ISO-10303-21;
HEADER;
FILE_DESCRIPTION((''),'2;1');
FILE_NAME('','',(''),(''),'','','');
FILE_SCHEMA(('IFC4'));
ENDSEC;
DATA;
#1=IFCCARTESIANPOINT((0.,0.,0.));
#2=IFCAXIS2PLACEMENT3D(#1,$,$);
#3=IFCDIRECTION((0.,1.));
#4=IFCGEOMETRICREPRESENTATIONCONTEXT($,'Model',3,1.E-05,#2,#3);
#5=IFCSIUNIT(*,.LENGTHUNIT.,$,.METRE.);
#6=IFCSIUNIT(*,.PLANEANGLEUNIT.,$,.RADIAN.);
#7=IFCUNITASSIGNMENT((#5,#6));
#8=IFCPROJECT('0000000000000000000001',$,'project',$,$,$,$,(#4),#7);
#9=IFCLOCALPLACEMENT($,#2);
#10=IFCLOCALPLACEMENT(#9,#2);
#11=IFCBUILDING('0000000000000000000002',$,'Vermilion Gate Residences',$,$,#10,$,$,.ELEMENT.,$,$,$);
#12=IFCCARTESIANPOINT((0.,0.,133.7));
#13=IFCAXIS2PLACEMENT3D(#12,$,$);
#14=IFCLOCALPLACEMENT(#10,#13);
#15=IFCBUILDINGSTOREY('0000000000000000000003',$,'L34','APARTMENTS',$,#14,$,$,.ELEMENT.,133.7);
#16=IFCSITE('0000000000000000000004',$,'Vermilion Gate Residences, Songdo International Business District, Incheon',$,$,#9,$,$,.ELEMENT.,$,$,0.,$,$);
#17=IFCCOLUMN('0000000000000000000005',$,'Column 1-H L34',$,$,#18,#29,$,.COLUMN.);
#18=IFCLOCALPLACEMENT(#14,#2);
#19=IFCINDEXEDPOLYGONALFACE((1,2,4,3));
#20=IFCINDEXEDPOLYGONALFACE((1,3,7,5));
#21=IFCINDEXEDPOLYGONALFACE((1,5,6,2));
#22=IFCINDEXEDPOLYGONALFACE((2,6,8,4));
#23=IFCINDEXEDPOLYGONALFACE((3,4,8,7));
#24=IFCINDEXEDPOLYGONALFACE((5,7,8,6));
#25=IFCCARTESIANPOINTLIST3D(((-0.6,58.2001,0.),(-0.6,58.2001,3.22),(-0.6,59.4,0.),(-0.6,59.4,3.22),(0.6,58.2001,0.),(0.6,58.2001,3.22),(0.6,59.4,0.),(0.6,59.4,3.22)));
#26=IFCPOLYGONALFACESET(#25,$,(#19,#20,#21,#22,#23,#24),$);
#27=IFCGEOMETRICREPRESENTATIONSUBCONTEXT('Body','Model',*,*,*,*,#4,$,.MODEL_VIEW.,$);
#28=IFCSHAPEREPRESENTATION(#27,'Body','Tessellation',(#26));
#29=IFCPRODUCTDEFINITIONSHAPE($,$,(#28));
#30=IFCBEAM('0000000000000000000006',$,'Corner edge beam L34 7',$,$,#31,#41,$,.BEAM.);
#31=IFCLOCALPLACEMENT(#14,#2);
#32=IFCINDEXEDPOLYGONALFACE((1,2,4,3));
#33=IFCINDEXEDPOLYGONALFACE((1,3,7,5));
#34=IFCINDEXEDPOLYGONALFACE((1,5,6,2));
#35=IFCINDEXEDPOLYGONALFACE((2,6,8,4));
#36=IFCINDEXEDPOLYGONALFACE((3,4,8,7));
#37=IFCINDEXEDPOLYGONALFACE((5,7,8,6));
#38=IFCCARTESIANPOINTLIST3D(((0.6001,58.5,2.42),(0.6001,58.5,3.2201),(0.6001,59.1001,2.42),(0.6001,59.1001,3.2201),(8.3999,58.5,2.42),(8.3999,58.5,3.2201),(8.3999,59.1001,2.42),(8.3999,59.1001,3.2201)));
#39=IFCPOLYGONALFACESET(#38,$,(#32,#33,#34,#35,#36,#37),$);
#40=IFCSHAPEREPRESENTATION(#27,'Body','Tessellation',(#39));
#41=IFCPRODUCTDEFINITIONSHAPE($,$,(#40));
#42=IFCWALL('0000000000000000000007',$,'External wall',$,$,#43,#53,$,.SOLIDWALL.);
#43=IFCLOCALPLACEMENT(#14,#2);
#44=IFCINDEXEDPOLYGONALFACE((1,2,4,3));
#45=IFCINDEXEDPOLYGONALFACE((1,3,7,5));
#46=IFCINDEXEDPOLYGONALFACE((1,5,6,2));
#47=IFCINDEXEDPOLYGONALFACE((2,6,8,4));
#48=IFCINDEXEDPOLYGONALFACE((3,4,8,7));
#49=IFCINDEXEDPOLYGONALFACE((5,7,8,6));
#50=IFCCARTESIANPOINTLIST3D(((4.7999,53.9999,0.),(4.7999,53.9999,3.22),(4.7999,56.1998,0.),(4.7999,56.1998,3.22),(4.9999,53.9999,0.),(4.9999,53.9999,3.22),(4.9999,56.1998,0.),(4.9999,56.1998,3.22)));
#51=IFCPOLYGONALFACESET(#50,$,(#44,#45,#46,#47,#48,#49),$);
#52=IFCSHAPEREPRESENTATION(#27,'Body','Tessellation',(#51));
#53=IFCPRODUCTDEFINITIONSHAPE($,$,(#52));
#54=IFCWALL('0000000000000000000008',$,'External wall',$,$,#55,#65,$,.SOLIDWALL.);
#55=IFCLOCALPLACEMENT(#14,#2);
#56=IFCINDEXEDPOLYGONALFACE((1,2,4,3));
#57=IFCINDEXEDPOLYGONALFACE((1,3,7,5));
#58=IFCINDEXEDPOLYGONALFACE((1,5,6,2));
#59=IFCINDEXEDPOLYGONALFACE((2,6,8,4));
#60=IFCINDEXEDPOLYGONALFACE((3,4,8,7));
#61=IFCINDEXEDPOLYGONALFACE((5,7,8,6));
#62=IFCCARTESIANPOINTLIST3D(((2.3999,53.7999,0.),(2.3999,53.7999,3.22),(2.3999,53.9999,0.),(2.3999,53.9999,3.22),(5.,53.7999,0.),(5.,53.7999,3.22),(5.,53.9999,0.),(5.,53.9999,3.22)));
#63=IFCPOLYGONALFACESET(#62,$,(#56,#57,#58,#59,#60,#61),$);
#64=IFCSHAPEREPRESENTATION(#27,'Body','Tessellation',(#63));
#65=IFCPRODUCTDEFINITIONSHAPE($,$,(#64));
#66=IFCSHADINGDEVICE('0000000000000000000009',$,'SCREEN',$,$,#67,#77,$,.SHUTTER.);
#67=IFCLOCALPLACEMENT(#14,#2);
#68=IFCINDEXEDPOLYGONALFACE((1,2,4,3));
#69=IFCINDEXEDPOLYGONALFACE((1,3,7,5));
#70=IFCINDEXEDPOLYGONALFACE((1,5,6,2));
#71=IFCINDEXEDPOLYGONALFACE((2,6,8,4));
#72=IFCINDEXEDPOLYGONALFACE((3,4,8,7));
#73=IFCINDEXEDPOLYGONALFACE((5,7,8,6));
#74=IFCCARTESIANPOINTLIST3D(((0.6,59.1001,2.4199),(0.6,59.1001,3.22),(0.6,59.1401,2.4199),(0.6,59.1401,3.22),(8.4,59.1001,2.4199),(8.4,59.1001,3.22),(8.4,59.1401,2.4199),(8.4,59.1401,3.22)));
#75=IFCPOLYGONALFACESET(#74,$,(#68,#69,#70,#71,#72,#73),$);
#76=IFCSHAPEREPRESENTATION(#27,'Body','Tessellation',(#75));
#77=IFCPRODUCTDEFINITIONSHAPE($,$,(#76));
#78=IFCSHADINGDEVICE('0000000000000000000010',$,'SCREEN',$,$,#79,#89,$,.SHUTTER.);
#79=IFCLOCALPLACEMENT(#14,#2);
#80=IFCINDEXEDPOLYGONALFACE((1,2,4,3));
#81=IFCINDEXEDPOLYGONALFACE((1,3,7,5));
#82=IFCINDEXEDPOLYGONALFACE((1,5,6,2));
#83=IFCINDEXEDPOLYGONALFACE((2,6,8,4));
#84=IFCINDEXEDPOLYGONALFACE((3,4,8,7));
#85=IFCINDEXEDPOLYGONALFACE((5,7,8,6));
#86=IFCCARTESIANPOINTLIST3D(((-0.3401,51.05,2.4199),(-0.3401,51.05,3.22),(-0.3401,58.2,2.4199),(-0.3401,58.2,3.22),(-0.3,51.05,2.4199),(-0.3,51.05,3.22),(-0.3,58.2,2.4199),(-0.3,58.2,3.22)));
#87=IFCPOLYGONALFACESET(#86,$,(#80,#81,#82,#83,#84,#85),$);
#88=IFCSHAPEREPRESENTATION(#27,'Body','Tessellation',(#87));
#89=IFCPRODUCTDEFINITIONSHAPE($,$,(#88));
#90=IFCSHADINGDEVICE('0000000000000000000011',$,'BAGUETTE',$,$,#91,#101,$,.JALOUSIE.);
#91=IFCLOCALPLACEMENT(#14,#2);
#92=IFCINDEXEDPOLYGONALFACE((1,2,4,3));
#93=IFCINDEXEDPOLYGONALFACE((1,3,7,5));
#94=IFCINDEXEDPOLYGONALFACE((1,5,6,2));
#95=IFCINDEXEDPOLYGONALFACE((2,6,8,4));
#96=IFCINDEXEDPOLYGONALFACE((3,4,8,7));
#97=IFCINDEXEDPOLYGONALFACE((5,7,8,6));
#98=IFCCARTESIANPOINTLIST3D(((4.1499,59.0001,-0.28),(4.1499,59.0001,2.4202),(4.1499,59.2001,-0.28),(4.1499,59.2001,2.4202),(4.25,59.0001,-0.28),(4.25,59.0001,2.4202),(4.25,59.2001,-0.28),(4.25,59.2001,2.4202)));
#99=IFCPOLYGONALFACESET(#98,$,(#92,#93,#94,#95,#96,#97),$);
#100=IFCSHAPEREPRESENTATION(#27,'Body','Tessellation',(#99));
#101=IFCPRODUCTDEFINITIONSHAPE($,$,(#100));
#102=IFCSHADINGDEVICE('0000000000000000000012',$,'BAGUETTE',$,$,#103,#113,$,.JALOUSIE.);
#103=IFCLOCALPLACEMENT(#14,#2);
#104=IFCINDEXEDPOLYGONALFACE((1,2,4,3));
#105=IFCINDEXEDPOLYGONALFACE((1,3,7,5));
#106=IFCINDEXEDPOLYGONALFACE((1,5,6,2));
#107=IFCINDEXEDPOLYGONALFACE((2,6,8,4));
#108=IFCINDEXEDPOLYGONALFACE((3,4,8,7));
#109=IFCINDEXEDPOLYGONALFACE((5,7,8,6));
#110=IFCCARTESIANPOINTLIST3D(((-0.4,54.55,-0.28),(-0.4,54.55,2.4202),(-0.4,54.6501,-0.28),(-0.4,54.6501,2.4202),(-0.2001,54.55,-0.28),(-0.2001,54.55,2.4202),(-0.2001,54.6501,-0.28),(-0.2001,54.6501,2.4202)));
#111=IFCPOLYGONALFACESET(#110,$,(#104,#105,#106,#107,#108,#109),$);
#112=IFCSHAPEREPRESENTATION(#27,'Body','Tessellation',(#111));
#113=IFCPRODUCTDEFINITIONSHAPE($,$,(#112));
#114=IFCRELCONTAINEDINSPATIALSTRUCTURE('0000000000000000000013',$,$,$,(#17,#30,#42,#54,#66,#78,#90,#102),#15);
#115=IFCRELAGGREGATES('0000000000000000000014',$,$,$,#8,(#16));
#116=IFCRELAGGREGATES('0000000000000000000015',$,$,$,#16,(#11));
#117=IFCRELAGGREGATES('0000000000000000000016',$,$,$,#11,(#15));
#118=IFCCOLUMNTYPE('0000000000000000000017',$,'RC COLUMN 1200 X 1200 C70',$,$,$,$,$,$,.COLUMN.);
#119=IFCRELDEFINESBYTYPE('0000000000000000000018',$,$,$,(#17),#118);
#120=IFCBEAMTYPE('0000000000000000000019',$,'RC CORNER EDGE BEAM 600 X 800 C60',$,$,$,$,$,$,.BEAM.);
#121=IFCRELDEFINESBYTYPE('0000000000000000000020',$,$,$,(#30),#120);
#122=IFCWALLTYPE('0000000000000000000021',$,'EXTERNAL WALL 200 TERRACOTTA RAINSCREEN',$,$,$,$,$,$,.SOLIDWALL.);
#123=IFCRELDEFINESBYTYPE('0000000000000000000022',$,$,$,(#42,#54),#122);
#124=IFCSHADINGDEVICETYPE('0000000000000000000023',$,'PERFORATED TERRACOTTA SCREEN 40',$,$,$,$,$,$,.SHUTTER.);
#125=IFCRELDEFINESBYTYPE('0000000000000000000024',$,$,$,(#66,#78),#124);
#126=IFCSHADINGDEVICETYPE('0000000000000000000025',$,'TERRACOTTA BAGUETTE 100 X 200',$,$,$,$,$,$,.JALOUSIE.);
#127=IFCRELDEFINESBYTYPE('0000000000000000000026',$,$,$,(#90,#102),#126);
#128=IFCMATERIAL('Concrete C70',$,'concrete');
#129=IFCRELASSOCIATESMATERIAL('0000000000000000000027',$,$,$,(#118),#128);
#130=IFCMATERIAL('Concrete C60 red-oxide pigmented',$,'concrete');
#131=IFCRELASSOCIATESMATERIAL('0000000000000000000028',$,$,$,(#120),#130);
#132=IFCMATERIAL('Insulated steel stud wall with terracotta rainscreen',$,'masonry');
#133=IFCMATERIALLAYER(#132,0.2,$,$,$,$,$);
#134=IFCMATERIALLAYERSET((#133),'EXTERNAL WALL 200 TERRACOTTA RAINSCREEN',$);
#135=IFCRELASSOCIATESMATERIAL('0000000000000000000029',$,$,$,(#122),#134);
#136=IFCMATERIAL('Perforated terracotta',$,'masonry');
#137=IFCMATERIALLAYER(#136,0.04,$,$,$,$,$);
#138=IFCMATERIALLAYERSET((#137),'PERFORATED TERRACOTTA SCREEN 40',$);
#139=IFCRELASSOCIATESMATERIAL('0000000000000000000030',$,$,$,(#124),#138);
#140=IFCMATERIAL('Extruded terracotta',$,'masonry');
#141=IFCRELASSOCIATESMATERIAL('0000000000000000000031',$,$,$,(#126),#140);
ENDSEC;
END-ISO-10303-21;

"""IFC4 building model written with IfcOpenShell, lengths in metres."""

from ifc_helpers import new_model, si_unit, direction, frame, frame_2d, origin, origin_2d, place, context, subcontext, project, spatial, rectangle, extrude, material, layer, layer_set, material_profile, profile_set, type_object, element, save


model = new_model("IFC4")

# Units and contexts
model_context = context("Model", 3, precision=1e-05, world=origin(), true_north=direction((0.0, 1.0)))
body_context = subcontext(model_context, "Body", "Model", "MODEL_VIEW")
ifc_project = project(units=[si_unit("LENGTHUNIT", "METRE"), si_unit("PLANEANGLEUNIT", "RADIAN")], contexts=[model_context])

# Site, building, storey
site_placement = place(None, origin())
site = spatial("IfcSite", under=ifc_project, at=site_placement, Name="Vermilion Gate Residences, Songdo International Business District, Incheon", CompositionType="ELEMENT", RefElevation=0.0)
building_placement = place(site_placement, origin())
building = spatial("IfcBuilding", under=site, at=building_placement, Name="Vermilion Gate Residences", CompositionType="ELEMENT")
storey_placement = place(building_placement, frame((0.0, 0.0, 133.7)))
storey = spatial("IfcBuildingStorey", under=building, at=storey_placement, Name="L34", Description="APARTMENTS", CompositionType="ELEMENT", Elevation=133.7)

# Column
ifc_material_1 = material(Name="Concrete C70", Category="concrete")
ifc_material_profile_1 = material_profile(ifc_material_1, rectangle(XDim=1.2, YDim=1.2, at=origin_2d()), Name="RC-1200x1200")
ifc_profile_set_1 = profile_set([ifc_material_profile_1], Name="Concrete C70")
column_type = type_object("IfcColumnType", Name="RC COLUMN 1200 X 1200 C70", PredefinedType="COLUMN", material=ifc_profile_set_1)
column_placement = place(storey_placement, frame((0.0, 58.8, 0.0), z_axis=(0.0, 0.0, 1.0), x_axis=(1.0, 0.0, 0.0)))
element("IfcColumn", 1, at=column_placement, inside=storey, type_object=column_type, Name="Column 1-H L34", PredefinedType="COLUMN", context=body_context, shape_type="SweptSolid", body=[
    extrude(rectangle(XDim=1.2, YDim=1.2, at=origin_2d()), origin(), (0.0, 0.0, 1.0), 3.22),
])

# Beam
ifc_material_2 = material(Name="Concrete C60 red-oxide pigmented", Category="concrete")
ifc_material_profile_2 = material_profile(ifc_material_2, rectangle(XDim=0.6001, YDim=0.8, at=origin_2d()), Name="RC-600x800")
ifc_profile_set_2 = profile_set([ifc_material_profile_2], Name="Concrete C60 red-oxide pigmented")
beam_type = type_object("IfcBeamType", Name="RC CORNER EDGE BEAM 600 X 800 C60", PredefinedType="BEAM", material=ifc_profile_set_2)
beam_placement = place(storey_placement, frame((0.6001, 58.8, 2.8201), z_axis=(1.0, 0.0, 0.0), x_axis=(0.0, 1.0, 0.0)))
element("IfcBeam", 2, at=beam_placement, inside=storey, type_object=beam_type, Name="Corner edge beam L34 7", PredefinedType="BEAM", context=body_context, shape_type="SweptSolid", body=[
    extrude(rectangle(XDim=0.6001, YDim=0.8, at=origin_2d()), origin(), (0.0, 0.0, 1.0), 7.7998),
])

# Walls
ifc_material_3 = material(Name="Insulated steel stud wall with terracotta rainscreen", Category="masonry")
ifc_layer_1 = layer(ifc_material_3, 0.2)
ifc_layer_set_1 = layer_set([ifc_layer_1], Name="EXTERNAL WALL 200 TERRACOTTA RAINSCREEN")
wall_type = type_object("IfcWallType", Name="EXTERNAL WALL 200 TERRACOTTA RAINSCREEN", PredefinedType="SOLIDWALL", material=ifc_layer_set_1)
wall_1_placement = place(storey_placement, frame((4.8999, 56.2, 0.0), z_axis=(0.0, 0.0, 1.0), x_axis=(0.0, -1.0, 0.0)))
element("IfcWall", 3, at=wall_1_placement, inside=storey, type_object=wall_type, Name="External wall", PredefinedType="SOLIDWALL", context=body_context, shape_type="SweptSolid", body=[
    extrude(rectangle(XDim=2.2, YDim=0.2, at=frame_2d((1.1001, 0.0))), origin(), (0.0, 0.0, 1.0), 3.22),
])
wall_2_placement = place(storey_placement, frame((5.0, 53.8999, 0.0), z_axis=(0.0, 0.0, 1.0), x_axis=(-1.0, 0.0, 0.0)))
element("IfcWall", 4, at=wall_2_placement, inside=storey, type_object=wall_type, Name="External wall", PredefinedType="SOLIDWALL", context=body_context, shape_type="SweptSolid", body=[
    extrude(rectangle(XDim=2.6001, YDim=0.2, at=frame_2d((1.3, 0.0))), origin(), (0.0, 0.0, 1.0), 3.22),
])

# Shading devices
ifc_material_4 = material(Name="Perforated terracotta", Category="masonry")
ifc_layer_2 = layer(ifc_material_4, 0.04)
ifc_layer_set_2 = layer_set([ifc_layer_2], Name="PERFORATED TERRACOTTA SCREEN 40")
shading_device_type_1 = type_object("IfcShadingDeviceType", Name="PERFORATED TERRACOTTA SCREEN 40", PredefinedType="SHUTTER", material=ifc_layer_set_2)
shading_device_1_placement = place(storey_placement, frame((4.5, 59.1201, 2.4199), z_axis=(0.0, 0.0, 1.0), x_axis=(-1.0, 0.0, 0.0)))
element("IfcShadingDevice", 5, at=shading_device_1_placement, inside=storey, type_object=shading_device_type_1, Name="SCREEN", PredefinedType="SHUTTER", context=body_context, shape_type="SweptSolid", body=[
    extrude(rectangle(XDim=7.8, YDim=0.04, at=origin_2d()), origin(), (0.0, 0.0, 1.0), 0.8),
])
shading_device_2_placement = place(storey_placement, frame((-0.3201, 54.625, 2.4199), z_axis=(0.0, 0.0, 1.0), x_axis=(0.0, -1.0, 0.0)))
element("IfcShadingDevice", 6, at=shading_device_2_placement, inside=storey, type_object=shading_device_type_1, Name="SCREEN", PredefinedType="SHUTTER", context=body_context, shape_type="SweptSolid", body=[
    extrude(rectangle(XDim=7.1499, YDim=0.04, at=origin_2d()), origin(), (0.0, 0.0, 1.0), 0.8),
])
ifc_material_5 = material(Name="Extruded terracotta", Category="masonry")
ifc_material_profile_3 = material_profile(ifc_material_5, rectangle(XDim=0.2, YDim=0.1001, at=origin_2d()), Name="BAGUETTE 100 X 200")
ifc_profile_set_3 = profile_set([ifc_material_profile_3], Name="Extruded terracotta")
shading_device_type_2 = type_object("IfcShadingDeviceType", Name="TERRACOTTA BAGUETTE 100 X 200", PredefinedType="JALOUSIE", material=ifc_profile_set_3)
for number, where, z_axis, x_axis, name in (
    (7, (4.2, 59.1001, -0.28), (0.0, 0.0, 1.0), (0.0, -1.0, 0.0), "BAGUETTE"),
    (8, (-0.3, 54.6001, -0.28), (0.0, 0.0, 1.0), (1.0, 0.0, 0.0), "BAGUETTE"),
):
    element("IfcShadingDevice", number, at=place(storey_placement, frame(where, z_axis=z_axis, x_axis=x_axis)), inside=storey, type_object=shading_device_type_2, Name=name, PredefinedType="JALOUSIE", context=body_context, shape_type="SweptSolid", body=[
        extrude(rectangle(XDim=0.2, YDim=0.1001, at=origin_2d()), origin(), (0.0, 0.0, 1.0), 2.7002),
    ])

save(model, "model.ifc")
